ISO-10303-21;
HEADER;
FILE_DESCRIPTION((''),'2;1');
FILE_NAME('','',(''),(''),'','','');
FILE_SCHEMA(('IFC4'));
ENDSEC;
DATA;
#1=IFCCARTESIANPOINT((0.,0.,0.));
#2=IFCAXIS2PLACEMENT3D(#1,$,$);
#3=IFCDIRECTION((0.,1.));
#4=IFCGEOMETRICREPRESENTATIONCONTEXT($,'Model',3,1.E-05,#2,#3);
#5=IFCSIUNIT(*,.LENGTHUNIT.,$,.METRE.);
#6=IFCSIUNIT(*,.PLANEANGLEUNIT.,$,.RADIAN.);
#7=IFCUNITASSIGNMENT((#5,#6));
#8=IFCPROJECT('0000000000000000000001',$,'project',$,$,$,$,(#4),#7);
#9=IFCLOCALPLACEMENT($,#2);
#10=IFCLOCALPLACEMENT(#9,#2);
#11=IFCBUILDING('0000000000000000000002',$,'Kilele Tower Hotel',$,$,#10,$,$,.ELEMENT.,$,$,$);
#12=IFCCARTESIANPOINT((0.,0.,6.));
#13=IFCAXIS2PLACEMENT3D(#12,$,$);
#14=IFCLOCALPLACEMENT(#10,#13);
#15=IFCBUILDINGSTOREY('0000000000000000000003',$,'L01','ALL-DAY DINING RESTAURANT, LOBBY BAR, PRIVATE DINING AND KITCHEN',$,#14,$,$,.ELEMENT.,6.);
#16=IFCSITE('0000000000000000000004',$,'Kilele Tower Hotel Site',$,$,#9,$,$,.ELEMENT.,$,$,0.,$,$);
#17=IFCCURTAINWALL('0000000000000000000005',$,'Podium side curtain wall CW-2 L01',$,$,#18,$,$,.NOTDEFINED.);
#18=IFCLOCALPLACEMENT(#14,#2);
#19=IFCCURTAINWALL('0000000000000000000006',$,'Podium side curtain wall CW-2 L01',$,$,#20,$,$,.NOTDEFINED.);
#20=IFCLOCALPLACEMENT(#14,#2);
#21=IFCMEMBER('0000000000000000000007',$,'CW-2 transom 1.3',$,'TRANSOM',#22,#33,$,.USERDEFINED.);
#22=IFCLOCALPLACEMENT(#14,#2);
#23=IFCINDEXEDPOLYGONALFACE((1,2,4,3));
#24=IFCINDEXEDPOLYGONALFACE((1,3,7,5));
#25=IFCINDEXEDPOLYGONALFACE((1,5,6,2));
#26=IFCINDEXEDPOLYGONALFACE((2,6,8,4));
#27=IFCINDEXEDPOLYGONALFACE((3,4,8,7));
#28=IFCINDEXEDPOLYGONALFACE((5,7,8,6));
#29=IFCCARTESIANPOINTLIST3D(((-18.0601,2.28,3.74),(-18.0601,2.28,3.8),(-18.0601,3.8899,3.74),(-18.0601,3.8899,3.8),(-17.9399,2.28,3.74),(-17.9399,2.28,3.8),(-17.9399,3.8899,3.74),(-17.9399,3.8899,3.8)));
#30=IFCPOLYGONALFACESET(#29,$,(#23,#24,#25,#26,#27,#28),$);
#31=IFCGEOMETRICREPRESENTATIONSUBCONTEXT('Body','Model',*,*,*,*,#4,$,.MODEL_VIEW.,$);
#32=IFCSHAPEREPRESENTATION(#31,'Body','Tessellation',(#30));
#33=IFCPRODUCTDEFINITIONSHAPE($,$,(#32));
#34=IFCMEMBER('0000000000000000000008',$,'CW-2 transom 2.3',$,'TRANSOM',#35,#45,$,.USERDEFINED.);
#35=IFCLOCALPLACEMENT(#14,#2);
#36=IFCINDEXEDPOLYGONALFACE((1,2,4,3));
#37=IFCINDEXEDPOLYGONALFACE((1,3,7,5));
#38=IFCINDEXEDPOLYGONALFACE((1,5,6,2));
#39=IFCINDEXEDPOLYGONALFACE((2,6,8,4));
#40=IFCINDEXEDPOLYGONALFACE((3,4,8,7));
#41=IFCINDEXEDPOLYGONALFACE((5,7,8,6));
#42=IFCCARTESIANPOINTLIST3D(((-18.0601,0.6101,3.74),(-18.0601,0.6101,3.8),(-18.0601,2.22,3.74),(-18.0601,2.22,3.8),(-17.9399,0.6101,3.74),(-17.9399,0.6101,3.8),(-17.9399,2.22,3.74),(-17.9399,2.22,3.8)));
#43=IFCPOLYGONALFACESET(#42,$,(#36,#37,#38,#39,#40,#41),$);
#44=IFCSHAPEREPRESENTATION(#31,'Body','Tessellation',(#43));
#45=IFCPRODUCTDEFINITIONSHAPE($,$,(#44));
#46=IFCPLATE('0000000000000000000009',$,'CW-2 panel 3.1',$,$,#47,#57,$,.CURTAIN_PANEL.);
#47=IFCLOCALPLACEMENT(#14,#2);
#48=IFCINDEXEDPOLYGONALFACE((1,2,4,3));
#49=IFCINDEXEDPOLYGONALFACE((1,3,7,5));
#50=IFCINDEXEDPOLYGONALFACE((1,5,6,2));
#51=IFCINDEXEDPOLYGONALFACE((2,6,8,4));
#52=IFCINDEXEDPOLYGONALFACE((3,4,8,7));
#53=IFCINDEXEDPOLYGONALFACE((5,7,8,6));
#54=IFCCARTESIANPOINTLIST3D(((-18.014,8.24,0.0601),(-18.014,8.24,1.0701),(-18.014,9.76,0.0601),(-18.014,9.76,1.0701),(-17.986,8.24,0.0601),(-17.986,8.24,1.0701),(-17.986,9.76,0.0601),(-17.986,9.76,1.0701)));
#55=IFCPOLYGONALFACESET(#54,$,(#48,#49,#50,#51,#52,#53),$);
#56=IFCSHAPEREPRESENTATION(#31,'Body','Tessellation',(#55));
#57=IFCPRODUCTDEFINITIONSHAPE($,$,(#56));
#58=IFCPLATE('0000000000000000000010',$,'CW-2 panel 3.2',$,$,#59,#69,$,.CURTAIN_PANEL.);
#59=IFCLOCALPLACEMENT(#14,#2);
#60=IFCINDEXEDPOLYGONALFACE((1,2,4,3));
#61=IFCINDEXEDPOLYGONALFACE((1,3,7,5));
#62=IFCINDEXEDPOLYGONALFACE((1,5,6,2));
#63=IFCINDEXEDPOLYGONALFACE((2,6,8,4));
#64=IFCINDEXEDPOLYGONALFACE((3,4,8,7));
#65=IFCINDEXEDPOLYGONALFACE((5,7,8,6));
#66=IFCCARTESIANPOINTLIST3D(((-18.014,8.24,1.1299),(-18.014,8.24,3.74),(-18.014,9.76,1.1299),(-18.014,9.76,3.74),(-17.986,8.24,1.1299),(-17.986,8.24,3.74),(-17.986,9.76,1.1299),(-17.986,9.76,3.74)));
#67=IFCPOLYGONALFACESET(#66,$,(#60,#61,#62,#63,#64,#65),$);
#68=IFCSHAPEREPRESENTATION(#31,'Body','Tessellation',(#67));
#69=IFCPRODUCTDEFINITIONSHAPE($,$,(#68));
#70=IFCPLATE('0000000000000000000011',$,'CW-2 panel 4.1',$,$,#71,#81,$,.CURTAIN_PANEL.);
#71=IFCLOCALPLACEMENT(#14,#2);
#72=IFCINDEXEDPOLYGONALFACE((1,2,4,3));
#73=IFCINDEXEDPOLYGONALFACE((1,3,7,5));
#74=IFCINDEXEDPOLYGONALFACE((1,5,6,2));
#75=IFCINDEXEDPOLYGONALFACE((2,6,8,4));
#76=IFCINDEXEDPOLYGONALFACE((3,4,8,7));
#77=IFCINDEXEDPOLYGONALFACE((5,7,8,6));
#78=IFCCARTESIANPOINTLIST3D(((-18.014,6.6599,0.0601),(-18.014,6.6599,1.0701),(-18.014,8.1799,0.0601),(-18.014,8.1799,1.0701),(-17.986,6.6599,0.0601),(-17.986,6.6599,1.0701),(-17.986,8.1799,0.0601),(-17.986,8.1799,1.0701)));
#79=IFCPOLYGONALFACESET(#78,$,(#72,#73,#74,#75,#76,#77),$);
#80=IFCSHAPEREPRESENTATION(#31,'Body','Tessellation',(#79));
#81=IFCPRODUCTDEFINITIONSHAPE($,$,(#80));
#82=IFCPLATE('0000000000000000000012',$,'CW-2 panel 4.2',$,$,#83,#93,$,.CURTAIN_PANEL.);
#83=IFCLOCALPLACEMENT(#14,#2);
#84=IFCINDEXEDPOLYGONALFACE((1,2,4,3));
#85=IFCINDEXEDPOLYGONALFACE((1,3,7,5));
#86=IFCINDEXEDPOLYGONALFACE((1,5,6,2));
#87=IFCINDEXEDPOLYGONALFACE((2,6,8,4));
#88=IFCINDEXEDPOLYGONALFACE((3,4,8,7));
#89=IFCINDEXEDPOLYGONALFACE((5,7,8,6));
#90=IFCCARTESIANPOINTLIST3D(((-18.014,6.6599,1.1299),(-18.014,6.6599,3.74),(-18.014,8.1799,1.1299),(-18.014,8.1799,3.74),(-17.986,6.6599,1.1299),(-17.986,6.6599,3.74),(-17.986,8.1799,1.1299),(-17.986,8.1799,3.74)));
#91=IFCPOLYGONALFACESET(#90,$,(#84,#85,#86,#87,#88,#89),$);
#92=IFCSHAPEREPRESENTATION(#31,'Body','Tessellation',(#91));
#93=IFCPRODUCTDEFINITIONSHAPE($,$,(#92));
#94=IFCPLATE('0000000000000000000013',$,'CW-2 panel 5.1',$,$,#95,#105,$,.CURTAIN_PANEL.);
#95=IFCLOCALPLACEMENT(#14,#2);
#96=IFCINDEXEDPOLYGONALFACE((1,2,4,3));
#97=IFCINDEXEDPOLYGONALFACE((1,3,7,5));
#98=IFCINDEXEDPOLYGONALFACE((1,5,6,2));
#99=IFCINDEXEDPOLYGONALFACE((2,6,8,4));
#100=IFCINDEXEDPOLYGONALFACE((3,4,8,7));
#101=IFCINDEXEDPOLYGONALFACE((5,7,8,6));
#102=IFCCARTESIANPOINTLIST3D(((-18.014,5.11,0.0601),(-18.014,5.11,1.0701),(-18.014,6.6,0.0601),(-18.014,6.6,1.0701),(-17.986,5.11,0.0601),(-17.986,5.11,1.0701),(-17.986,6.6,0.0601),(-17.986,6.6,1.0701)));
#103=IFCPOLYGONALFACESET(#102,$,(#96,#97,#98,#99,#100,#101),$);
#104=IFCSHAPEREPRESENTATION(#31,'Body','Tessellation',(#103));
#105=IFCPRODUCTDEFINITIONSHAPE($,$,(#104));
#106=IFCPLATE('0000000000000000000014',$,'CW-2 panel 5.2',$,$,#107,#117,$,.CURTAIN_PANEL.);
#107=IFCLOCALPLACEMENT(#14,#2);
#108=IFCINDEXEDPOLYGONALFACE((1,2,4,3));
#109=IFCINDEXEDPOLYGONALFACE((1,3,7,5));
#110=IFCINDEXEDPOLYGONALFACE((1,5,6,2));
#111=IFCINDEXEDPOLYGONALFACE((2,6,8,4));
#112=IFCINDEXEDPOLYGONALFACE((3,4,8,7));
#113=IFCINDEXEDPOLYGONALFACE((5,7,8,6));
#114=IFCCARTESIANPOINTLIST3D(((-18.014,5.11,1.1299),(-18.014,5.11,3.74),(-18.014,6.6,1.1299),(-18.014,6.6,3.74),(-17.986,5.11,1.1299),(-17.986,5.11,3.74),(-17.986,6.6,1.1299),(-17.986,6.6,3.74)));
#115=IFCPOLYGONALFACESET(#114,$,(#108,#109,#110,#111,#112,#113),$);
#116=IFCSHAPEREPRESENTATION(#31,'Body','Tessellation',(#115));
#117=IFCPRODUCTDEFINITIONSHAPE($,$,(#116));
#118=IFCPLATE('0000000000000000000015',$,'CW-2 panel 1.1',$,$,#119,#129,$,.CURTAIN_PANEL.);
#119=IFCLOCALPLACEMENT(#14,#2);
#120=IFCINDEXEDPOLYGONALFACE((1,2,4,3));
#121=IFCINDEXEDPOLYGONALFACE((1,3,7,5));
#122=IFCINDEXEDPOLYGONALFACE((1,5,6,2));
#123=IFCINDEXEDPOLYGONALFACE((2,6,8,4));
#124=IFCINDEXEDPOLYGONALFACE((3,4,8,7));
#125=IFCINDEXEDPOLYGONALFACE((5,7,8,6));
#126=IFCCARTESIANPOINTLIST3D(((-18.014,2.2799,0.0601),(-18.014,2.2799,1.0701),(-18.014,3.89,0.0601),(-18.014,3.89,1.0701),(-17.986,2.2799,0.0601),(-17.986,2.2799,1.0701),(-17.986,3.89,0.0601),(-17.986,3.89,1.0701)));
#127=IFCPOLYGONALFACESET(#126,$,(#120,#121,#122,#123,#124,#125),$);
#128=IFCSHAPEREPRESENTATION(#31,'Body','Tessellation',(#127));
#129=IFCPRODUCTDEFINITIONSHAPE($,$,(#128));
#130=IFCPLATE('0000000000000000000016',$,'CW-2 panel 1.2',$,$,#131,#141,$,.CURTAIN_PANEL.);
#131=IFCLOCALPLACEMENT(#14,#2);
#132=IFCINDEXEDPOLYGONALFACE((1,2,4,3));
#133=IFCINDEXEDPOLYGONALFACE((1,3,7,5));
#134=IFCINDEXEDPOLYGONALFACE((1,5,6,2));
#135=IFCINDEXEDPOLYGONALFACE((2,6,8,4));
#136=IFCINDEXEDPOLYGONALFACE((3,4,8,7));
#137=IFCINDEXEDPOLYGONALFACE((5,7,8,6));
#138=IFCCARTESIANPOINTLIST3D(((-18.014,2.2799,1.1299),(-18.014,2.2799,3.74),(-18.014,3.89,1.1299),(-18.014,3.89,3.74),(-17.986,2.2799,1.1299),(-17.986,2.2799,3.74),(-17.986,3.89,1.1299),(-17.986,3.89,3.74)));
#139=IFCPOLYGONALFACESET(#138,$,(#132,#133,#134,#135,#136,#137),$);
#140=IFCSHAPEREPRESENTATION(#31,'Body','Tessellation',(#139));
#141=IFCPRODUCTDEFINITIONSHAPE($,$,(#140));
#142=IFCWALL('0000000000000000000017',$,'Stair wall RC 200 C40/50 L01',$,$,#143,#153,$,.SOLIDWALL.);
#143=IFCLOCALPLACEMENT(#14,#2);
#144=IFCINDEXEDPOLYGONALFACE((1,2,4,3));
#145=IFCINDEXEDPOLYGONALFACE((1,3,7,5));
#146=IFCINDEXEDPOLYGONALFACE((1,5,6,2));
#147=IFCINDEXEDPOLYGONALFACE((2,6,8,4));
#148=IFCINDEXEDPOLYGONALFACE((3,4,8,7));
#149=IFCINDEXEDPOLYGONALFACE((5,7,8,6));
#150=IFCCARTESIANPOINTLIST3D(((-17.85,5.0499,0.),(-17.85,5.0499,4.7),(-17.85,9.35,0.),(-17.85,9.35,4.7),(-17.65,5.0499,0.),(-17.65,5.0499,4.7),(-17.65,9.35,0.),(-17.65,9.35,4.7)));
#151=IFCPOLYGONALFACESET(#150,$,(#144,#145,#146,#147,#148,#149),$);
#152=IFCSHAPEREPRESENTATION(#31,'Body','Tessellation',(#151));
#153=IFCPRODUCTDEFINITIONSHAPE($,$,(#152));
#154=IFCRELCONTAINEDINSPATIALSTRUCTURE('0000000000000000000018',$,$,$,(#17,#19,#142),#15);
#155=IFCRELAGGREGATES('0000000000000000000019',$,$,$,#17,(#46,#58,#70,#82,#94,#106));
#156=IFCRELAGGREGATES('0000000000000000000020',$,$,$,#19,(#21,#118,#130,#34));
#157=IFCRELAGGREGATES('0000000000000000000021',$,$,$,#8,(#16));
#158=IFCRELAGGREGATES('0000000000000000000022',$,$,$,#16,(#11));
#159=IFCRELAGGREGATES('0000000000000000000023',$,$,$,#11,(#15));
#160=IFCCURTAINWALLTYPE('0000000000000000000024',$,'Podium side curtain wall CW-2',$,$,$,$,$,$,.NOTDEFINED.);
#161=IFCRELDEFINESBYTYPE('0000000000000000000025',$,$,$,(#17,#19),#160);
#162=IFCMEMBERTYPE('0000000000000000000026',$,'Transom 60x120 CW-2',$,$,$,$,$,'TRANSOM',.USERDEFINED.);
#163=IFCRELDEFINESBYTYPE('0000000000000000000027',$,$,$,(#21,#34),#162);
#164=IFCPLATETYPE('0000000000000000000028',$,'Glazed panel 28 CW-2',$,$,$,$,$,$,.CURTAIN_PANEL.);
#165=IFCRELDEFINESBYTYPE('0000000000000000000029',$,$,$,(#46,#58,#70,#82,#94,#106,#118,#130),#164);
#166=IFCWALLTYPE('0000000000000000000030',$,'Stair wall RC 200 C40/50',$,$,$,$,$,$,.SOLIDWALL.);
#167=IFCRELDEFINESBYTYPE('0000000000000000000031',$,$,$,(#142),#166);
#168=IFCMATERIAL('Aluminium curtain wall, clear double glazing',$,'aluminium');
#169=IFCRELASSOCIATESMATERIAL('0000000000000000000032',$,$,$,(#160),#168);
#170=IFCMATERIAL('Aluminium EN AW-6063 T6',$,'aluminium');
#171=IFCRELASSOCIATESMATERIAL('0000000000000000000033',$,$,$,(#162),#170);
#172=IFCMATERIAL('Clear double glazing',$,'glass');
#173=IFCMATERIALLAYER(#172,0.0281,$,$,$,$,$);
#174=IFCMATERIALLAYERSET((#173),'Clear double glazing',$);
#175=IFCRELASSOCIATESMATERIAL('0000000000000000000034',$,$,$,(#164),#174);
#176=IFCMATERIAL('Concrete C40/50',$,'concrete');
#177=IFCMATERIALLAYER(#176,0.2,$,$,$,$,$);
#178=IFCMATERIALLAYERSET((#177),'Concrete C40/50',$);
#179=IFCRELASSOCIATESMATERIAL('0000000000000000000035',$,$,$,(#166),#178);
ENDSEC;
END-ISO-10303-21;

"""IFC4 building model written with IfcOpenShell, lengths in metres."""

from ifc_helpers import new_model, si_unit, direction, frame, frame_2d, origin, origin_2d, place, context, subcontext, project, spatial, rectangle, extrude, material, layer, layer_set, material_profile, profile_set, type_object, element, aggregate, save


model = new_model("IFC4")

# Units and contexts
model_context = context("Model", 3, precision=1e-05, world=origin(), true_north=direction((0.0, 1.0)))
body_context = subcontext(model_context, "Body", "Model", "MODEL_VIEW")
ifc_project = project(units=[si_unit("LENGTHUNIT", "METRE"), si_unit("PLANEANGLEUNIT", "RADIAN")], contexts=[model_context])

# Site, building, storey
site_placement = place(None, origin())
site = spatial("IfcSite", under=ifc_project, at=site_placement, Name="Kilele Tower Hotel Site", CompositionType="ELEMENT", RefElevation=0.0)
building_placement = place(site_placement, origin())
building = spatial("IfcBuilding", under=site, at=building_placement, Name="Kilele Tower Hotel", CompositionType="ELEMENT")
storey_placement = place(building_placement, frame((0.0, 0.0, 6.0)))
storey = spatial("IfcBuildingStorey", under=building, at=storey_placement, Name="L01", Description="ALL-DAY DINING RESTAURANT, LOBBY BAR, PRIVATE DINING AND KITCHEN", CompositionType="ELEMENT", Elevation=6.0)

# Curtain walls
ifc_material_1 = material(Name="Aluminium curtain wall, clear double glazing", Category="aluminium")
curtain_wall_type = type_object("IfcCurtainWallType", Name="Podium side curtain wall CW-2", PredefinedType="NOTDEFINED", material=ifc_material_1)
curtain_wall_1_placement = place(storey_placement, origin())
curtain_wall_1 = element("IfcCurtainWall", 1, at=curtain_wall_1_placement, inside=storey, type_object=curtain_wall_type, Name="Podium side curtain wall CW-2 L01", PredefinedType="NOTDEFINED")
curtain_wall_2_placement = place(storey_placement, origin())
curtain_wall_2 = element("IfcCurtainWall", 2, at=curtain_wall_2_placement, inside=storey, type_object=curtain_wall_type, Name="Podium side curtain wall CW-2 L01", PredefinedType="NOTDEFINED")

# Members
ifc_material_2 = material(Name="Aluminium EN AW-6063 T6", Category="aluminium")
ifc_material_profile_1 = material_profile(ifc_material_2, rectangle(XDim=0.1201, YDim=0.0601, at=origin_2d()))
ifc_profile_set_1 = profile_set([ifc_material_profile_1], Name="Aluminium EN AW-6063 T6")
member_type_1 = type_object("IfcMemberType", Name="Transom 60x120 CW-2", ElementType="TRANSOM", PredefinedType="USERDEFINED", material=ifc_profile_set_1)
member_1_placement = place(storey_placement, frame((-18.0, 3.8899, 3.77), z_axis=(0.0, -1.0, 0.0), x_axis=(1.0, 0.0, 0.0)))
member_1 = element("IfcMember", 3, at=member_1_placement, type_object=member_type_1, Name="CW-2 transom 1.3", ObjectType="TRANSOM", PredefinedType="USERDEFINED", context=body_context, shape_type="SweptSolid", body=[
    extrude(rectangle(XDim=0.1201, YDim=0.0601, at=origin_2d()), origin(), (0.0, 0.0, 1.0), 1.6099),
])
member_2_placement = place(storey_placement, frame((-18.0, 2.22, 3.77), z_axis=(0.0, -1.0, 0.0), x_axis=(1.0, 0.0, 0.0)))
member_2 = element("IfcMember", 4, at=member_2_placement, type_object=member_type_1, Name="CW-2 transom 2.3", ObjectType="TRANSOM", PredefinedType="USERDEFINED", context=body_context, shape_type="SweptSolid", body=[
    extrude(rectangle(XDim=0.1201, YDim=0.0601, at=origin_2d()), origin(), (0.0, 0.0, 1.0), 1.6099),
])

# Plates
ifc_material_3 = material(Name="Clear double glazing", Category="glass")
ifc_layer_1 = layer(ifc_material_3, 0.0281)
ifc_layer_set_1 = layer_set([ifc_layer_1], Name="Clear double glazing")
plate_type = type_object("IfcPlateType", Name="Glazed panel 28 CW-2", PredefinedType="CURTAIN_PANEL", material=ifc_layer_set_1)
plate_1_placement = place(storey_placement, frame((-18.0, 9.0, 0.0601), z_axis=(0.0, 0.0, 1.0), x_axis=(0.0, -1.0, 0.0)))
plate_1 = element("IfcPlate", 5, at=plate_1_placement, type_object=plate_type, Name="CW-2 panel 3.1", PredefinedType="CURTAIN_PANEL", context=body_context, shape_type="SweptSolid", body=[
    extrude(rectangle(XDim=1.52, YDim=0.0281, at=origin_2d()), origin(), (0.0, 0.0, 1.0), 1.01),
])
plate_2_placement = place(storey_placement, frame((-18.0, 9.0, 1.1299), z_axis=(0.0, 0.0, 1.0), x_axis=(0.0, -1.0, 0.0)))
plate_2 = element("IfcPlate", 6, at=plate_2_placement, type_object=plate_type, Name="CW-2 panel 3.2", PredefinedType="CURTAIN_PANEL", context=body_context, shape_type="SweptSolid", body=[
    extrude(rectangle(XDim=1.52, YDim=0.0281, at=origin_2d()), origin(), (0.0, 0.0, 1.0), 2.6101),
])
plate_3_placement = place(storey_placement, frame((-18.0, 7.4199, 0.0601), z_axis=(0.0, 0.0, 1.0), x_axis=(0.0, -1.0, 0.0)))
plate_3 = element("IfcPlate", 7, at=plate_3_placement, type_object=plate_type, Name="CW-2 panel 4.1", PredefinedType="CURTAIN_PANEL", context=body_context, shape_type="SweptSolid", body=[
    extrude(rectangle(XDim=1.52, YDim=0.0281, at=origin_2d()), origin(), (0.0, 0.0, 1.0), 1.01),
])
plate_4_placement = place(storey_placement, frame((-18.0, 7.4199, 1.1299), z_axis=(0.0, 0.0, 1.0), x_axis=(0.0, -1.0, 0.0)))
plate_4 = element("IfcPlate", 8, at=plate_4_placement, type_object=plate_type, Name="CW-2 panel 4.2", PredefinedType="CURTAIN_PANEL", context=body_context, shape_type="SweptSolid", body=[
    extrude(rectangle(XDim=1.52, YDim=0.0281, at=origin_2d()), origin(), (0.0, 0.0, 1.0), 2.6101),
])
plate_5_placement = place(storey_placement, frame((-18.0, 5.855, 0.0601), z_axis=(0.0, 0.0, 1.0), x_axis=(0.0, -1.0, 0.0)))
plate_5 = element("IfcPlate", 9, at=plate_5_placement, type_object=plate_type, Name="CW-2 panel 5.1", PredefinedType="CURTAIN_PANEL", context=body_context, shape_type="SweptSolid", body=[
    extrude(rectangle(XDim=1.49, YDim=0.0281, at=origin_2d()), origin(), (0.0, 0.0, 1.0), 1.01),
])
plate_6_placement = place(storey_placement, frame((-18.0, 5.855, 1.1299), z_axis=(0.0, 0.0, 1.0), x_axis=(0.0, -1.0, 0.0)))
plate_6 = element("IfcPlate", 10, at=plate_6_placement, type_object=plate_type, Name="CW-2 panel 5.2", PredefinedType="CURTAIN_PANEL", context=body_context, shape_type="SweptSolid", body=[
    extrude(rectangle(XDim=1.49, YDim=0.0281, at=origin_2d()), origin(), (0.0, 0.0, 1.0), 2.6101),
])
aggregate(curtain_wall_1, [plate_1, plate_2, plate_3, plate_4, plate_5, plate_6])
plate_7_placement = place(storey_placement, frame((-18.0, 3.085, 0.0601), z_axis=(0.0, 0.0, 1.0), x_axis=(0.0, -1.0, 0.0)))
plate_7 = element("IfcPlate", 11, at=plate_7_placement, type_object=plate_type, Name="CW-2 panel 1.1", PredefinedType="CURTAIN_PANEL", context=body_context, shape_type="SweptSolid", body=[
    extrude(rectangle(XDim=1.6101, YDim=0.0281, at=origin_2d()), origin(), (0.0, 0.0, 1.0), 1.01),
])
plate_8_placement = place(storey_placement, frame((-18.0, 3.085, 1.1299), z_axis=(0.0, 0.0, 1.0), x_axis=(0.0, -1.0, 0.0)))
plate_8 = element("IfcPlate", 12, at=plate_8_placement, type_object=plate_type, Name="CW-2 panel 1.2", PredefinedType="CURTAIN_PANEL", context=body_context, shape_type="SweptSolid", body=[
    extrude(rectangle(XDim=1.6101, YDim=0.0281, at=origin_2d()), origin(), (0.0, 0.0, 1.0), 2.6101),
])
aggregate(curtain_wall_2, [member_1, plate_7, plate_8, member_2])

# Wall
ifc_material_4 = material(Name="Concrete C40/50", Category="concrete")
ifc_layer_2 = layer(ifc_material_4, 0.2)
ifc_layer_set_2 = layer_set([ifc_layer_2], Name="Concrete C40/50")
wall_type = type_object("IfcWallType", Name="Stair wall RC 200 C40/50", PredefinedType="SOLIDWALL", material=ifc_layer_set_2)
wall_placement = place(storey_placement, frame((-17.75, 5.05, 0.0), z_axis=(0.0, 0.0, 1.0), x_axis=(0.0, 1.0, 0.0)))
element("IfcWall", 13, at=wall_placement, inside=storey, type_object=wall_type, Name="Stair wall RC 200 C40/50 L01", PredefinedType="SOLIDWALL", context=body_context, shape_type="SweptSolid", body=[
    extrude(rectangle(XDim=4.3, YDim=0.2, at=frame_2d((2.1499, 0.0))), origin(), (0.0, 0.0, 1.0), 4.7),
])

save(model, "model.ifc")
